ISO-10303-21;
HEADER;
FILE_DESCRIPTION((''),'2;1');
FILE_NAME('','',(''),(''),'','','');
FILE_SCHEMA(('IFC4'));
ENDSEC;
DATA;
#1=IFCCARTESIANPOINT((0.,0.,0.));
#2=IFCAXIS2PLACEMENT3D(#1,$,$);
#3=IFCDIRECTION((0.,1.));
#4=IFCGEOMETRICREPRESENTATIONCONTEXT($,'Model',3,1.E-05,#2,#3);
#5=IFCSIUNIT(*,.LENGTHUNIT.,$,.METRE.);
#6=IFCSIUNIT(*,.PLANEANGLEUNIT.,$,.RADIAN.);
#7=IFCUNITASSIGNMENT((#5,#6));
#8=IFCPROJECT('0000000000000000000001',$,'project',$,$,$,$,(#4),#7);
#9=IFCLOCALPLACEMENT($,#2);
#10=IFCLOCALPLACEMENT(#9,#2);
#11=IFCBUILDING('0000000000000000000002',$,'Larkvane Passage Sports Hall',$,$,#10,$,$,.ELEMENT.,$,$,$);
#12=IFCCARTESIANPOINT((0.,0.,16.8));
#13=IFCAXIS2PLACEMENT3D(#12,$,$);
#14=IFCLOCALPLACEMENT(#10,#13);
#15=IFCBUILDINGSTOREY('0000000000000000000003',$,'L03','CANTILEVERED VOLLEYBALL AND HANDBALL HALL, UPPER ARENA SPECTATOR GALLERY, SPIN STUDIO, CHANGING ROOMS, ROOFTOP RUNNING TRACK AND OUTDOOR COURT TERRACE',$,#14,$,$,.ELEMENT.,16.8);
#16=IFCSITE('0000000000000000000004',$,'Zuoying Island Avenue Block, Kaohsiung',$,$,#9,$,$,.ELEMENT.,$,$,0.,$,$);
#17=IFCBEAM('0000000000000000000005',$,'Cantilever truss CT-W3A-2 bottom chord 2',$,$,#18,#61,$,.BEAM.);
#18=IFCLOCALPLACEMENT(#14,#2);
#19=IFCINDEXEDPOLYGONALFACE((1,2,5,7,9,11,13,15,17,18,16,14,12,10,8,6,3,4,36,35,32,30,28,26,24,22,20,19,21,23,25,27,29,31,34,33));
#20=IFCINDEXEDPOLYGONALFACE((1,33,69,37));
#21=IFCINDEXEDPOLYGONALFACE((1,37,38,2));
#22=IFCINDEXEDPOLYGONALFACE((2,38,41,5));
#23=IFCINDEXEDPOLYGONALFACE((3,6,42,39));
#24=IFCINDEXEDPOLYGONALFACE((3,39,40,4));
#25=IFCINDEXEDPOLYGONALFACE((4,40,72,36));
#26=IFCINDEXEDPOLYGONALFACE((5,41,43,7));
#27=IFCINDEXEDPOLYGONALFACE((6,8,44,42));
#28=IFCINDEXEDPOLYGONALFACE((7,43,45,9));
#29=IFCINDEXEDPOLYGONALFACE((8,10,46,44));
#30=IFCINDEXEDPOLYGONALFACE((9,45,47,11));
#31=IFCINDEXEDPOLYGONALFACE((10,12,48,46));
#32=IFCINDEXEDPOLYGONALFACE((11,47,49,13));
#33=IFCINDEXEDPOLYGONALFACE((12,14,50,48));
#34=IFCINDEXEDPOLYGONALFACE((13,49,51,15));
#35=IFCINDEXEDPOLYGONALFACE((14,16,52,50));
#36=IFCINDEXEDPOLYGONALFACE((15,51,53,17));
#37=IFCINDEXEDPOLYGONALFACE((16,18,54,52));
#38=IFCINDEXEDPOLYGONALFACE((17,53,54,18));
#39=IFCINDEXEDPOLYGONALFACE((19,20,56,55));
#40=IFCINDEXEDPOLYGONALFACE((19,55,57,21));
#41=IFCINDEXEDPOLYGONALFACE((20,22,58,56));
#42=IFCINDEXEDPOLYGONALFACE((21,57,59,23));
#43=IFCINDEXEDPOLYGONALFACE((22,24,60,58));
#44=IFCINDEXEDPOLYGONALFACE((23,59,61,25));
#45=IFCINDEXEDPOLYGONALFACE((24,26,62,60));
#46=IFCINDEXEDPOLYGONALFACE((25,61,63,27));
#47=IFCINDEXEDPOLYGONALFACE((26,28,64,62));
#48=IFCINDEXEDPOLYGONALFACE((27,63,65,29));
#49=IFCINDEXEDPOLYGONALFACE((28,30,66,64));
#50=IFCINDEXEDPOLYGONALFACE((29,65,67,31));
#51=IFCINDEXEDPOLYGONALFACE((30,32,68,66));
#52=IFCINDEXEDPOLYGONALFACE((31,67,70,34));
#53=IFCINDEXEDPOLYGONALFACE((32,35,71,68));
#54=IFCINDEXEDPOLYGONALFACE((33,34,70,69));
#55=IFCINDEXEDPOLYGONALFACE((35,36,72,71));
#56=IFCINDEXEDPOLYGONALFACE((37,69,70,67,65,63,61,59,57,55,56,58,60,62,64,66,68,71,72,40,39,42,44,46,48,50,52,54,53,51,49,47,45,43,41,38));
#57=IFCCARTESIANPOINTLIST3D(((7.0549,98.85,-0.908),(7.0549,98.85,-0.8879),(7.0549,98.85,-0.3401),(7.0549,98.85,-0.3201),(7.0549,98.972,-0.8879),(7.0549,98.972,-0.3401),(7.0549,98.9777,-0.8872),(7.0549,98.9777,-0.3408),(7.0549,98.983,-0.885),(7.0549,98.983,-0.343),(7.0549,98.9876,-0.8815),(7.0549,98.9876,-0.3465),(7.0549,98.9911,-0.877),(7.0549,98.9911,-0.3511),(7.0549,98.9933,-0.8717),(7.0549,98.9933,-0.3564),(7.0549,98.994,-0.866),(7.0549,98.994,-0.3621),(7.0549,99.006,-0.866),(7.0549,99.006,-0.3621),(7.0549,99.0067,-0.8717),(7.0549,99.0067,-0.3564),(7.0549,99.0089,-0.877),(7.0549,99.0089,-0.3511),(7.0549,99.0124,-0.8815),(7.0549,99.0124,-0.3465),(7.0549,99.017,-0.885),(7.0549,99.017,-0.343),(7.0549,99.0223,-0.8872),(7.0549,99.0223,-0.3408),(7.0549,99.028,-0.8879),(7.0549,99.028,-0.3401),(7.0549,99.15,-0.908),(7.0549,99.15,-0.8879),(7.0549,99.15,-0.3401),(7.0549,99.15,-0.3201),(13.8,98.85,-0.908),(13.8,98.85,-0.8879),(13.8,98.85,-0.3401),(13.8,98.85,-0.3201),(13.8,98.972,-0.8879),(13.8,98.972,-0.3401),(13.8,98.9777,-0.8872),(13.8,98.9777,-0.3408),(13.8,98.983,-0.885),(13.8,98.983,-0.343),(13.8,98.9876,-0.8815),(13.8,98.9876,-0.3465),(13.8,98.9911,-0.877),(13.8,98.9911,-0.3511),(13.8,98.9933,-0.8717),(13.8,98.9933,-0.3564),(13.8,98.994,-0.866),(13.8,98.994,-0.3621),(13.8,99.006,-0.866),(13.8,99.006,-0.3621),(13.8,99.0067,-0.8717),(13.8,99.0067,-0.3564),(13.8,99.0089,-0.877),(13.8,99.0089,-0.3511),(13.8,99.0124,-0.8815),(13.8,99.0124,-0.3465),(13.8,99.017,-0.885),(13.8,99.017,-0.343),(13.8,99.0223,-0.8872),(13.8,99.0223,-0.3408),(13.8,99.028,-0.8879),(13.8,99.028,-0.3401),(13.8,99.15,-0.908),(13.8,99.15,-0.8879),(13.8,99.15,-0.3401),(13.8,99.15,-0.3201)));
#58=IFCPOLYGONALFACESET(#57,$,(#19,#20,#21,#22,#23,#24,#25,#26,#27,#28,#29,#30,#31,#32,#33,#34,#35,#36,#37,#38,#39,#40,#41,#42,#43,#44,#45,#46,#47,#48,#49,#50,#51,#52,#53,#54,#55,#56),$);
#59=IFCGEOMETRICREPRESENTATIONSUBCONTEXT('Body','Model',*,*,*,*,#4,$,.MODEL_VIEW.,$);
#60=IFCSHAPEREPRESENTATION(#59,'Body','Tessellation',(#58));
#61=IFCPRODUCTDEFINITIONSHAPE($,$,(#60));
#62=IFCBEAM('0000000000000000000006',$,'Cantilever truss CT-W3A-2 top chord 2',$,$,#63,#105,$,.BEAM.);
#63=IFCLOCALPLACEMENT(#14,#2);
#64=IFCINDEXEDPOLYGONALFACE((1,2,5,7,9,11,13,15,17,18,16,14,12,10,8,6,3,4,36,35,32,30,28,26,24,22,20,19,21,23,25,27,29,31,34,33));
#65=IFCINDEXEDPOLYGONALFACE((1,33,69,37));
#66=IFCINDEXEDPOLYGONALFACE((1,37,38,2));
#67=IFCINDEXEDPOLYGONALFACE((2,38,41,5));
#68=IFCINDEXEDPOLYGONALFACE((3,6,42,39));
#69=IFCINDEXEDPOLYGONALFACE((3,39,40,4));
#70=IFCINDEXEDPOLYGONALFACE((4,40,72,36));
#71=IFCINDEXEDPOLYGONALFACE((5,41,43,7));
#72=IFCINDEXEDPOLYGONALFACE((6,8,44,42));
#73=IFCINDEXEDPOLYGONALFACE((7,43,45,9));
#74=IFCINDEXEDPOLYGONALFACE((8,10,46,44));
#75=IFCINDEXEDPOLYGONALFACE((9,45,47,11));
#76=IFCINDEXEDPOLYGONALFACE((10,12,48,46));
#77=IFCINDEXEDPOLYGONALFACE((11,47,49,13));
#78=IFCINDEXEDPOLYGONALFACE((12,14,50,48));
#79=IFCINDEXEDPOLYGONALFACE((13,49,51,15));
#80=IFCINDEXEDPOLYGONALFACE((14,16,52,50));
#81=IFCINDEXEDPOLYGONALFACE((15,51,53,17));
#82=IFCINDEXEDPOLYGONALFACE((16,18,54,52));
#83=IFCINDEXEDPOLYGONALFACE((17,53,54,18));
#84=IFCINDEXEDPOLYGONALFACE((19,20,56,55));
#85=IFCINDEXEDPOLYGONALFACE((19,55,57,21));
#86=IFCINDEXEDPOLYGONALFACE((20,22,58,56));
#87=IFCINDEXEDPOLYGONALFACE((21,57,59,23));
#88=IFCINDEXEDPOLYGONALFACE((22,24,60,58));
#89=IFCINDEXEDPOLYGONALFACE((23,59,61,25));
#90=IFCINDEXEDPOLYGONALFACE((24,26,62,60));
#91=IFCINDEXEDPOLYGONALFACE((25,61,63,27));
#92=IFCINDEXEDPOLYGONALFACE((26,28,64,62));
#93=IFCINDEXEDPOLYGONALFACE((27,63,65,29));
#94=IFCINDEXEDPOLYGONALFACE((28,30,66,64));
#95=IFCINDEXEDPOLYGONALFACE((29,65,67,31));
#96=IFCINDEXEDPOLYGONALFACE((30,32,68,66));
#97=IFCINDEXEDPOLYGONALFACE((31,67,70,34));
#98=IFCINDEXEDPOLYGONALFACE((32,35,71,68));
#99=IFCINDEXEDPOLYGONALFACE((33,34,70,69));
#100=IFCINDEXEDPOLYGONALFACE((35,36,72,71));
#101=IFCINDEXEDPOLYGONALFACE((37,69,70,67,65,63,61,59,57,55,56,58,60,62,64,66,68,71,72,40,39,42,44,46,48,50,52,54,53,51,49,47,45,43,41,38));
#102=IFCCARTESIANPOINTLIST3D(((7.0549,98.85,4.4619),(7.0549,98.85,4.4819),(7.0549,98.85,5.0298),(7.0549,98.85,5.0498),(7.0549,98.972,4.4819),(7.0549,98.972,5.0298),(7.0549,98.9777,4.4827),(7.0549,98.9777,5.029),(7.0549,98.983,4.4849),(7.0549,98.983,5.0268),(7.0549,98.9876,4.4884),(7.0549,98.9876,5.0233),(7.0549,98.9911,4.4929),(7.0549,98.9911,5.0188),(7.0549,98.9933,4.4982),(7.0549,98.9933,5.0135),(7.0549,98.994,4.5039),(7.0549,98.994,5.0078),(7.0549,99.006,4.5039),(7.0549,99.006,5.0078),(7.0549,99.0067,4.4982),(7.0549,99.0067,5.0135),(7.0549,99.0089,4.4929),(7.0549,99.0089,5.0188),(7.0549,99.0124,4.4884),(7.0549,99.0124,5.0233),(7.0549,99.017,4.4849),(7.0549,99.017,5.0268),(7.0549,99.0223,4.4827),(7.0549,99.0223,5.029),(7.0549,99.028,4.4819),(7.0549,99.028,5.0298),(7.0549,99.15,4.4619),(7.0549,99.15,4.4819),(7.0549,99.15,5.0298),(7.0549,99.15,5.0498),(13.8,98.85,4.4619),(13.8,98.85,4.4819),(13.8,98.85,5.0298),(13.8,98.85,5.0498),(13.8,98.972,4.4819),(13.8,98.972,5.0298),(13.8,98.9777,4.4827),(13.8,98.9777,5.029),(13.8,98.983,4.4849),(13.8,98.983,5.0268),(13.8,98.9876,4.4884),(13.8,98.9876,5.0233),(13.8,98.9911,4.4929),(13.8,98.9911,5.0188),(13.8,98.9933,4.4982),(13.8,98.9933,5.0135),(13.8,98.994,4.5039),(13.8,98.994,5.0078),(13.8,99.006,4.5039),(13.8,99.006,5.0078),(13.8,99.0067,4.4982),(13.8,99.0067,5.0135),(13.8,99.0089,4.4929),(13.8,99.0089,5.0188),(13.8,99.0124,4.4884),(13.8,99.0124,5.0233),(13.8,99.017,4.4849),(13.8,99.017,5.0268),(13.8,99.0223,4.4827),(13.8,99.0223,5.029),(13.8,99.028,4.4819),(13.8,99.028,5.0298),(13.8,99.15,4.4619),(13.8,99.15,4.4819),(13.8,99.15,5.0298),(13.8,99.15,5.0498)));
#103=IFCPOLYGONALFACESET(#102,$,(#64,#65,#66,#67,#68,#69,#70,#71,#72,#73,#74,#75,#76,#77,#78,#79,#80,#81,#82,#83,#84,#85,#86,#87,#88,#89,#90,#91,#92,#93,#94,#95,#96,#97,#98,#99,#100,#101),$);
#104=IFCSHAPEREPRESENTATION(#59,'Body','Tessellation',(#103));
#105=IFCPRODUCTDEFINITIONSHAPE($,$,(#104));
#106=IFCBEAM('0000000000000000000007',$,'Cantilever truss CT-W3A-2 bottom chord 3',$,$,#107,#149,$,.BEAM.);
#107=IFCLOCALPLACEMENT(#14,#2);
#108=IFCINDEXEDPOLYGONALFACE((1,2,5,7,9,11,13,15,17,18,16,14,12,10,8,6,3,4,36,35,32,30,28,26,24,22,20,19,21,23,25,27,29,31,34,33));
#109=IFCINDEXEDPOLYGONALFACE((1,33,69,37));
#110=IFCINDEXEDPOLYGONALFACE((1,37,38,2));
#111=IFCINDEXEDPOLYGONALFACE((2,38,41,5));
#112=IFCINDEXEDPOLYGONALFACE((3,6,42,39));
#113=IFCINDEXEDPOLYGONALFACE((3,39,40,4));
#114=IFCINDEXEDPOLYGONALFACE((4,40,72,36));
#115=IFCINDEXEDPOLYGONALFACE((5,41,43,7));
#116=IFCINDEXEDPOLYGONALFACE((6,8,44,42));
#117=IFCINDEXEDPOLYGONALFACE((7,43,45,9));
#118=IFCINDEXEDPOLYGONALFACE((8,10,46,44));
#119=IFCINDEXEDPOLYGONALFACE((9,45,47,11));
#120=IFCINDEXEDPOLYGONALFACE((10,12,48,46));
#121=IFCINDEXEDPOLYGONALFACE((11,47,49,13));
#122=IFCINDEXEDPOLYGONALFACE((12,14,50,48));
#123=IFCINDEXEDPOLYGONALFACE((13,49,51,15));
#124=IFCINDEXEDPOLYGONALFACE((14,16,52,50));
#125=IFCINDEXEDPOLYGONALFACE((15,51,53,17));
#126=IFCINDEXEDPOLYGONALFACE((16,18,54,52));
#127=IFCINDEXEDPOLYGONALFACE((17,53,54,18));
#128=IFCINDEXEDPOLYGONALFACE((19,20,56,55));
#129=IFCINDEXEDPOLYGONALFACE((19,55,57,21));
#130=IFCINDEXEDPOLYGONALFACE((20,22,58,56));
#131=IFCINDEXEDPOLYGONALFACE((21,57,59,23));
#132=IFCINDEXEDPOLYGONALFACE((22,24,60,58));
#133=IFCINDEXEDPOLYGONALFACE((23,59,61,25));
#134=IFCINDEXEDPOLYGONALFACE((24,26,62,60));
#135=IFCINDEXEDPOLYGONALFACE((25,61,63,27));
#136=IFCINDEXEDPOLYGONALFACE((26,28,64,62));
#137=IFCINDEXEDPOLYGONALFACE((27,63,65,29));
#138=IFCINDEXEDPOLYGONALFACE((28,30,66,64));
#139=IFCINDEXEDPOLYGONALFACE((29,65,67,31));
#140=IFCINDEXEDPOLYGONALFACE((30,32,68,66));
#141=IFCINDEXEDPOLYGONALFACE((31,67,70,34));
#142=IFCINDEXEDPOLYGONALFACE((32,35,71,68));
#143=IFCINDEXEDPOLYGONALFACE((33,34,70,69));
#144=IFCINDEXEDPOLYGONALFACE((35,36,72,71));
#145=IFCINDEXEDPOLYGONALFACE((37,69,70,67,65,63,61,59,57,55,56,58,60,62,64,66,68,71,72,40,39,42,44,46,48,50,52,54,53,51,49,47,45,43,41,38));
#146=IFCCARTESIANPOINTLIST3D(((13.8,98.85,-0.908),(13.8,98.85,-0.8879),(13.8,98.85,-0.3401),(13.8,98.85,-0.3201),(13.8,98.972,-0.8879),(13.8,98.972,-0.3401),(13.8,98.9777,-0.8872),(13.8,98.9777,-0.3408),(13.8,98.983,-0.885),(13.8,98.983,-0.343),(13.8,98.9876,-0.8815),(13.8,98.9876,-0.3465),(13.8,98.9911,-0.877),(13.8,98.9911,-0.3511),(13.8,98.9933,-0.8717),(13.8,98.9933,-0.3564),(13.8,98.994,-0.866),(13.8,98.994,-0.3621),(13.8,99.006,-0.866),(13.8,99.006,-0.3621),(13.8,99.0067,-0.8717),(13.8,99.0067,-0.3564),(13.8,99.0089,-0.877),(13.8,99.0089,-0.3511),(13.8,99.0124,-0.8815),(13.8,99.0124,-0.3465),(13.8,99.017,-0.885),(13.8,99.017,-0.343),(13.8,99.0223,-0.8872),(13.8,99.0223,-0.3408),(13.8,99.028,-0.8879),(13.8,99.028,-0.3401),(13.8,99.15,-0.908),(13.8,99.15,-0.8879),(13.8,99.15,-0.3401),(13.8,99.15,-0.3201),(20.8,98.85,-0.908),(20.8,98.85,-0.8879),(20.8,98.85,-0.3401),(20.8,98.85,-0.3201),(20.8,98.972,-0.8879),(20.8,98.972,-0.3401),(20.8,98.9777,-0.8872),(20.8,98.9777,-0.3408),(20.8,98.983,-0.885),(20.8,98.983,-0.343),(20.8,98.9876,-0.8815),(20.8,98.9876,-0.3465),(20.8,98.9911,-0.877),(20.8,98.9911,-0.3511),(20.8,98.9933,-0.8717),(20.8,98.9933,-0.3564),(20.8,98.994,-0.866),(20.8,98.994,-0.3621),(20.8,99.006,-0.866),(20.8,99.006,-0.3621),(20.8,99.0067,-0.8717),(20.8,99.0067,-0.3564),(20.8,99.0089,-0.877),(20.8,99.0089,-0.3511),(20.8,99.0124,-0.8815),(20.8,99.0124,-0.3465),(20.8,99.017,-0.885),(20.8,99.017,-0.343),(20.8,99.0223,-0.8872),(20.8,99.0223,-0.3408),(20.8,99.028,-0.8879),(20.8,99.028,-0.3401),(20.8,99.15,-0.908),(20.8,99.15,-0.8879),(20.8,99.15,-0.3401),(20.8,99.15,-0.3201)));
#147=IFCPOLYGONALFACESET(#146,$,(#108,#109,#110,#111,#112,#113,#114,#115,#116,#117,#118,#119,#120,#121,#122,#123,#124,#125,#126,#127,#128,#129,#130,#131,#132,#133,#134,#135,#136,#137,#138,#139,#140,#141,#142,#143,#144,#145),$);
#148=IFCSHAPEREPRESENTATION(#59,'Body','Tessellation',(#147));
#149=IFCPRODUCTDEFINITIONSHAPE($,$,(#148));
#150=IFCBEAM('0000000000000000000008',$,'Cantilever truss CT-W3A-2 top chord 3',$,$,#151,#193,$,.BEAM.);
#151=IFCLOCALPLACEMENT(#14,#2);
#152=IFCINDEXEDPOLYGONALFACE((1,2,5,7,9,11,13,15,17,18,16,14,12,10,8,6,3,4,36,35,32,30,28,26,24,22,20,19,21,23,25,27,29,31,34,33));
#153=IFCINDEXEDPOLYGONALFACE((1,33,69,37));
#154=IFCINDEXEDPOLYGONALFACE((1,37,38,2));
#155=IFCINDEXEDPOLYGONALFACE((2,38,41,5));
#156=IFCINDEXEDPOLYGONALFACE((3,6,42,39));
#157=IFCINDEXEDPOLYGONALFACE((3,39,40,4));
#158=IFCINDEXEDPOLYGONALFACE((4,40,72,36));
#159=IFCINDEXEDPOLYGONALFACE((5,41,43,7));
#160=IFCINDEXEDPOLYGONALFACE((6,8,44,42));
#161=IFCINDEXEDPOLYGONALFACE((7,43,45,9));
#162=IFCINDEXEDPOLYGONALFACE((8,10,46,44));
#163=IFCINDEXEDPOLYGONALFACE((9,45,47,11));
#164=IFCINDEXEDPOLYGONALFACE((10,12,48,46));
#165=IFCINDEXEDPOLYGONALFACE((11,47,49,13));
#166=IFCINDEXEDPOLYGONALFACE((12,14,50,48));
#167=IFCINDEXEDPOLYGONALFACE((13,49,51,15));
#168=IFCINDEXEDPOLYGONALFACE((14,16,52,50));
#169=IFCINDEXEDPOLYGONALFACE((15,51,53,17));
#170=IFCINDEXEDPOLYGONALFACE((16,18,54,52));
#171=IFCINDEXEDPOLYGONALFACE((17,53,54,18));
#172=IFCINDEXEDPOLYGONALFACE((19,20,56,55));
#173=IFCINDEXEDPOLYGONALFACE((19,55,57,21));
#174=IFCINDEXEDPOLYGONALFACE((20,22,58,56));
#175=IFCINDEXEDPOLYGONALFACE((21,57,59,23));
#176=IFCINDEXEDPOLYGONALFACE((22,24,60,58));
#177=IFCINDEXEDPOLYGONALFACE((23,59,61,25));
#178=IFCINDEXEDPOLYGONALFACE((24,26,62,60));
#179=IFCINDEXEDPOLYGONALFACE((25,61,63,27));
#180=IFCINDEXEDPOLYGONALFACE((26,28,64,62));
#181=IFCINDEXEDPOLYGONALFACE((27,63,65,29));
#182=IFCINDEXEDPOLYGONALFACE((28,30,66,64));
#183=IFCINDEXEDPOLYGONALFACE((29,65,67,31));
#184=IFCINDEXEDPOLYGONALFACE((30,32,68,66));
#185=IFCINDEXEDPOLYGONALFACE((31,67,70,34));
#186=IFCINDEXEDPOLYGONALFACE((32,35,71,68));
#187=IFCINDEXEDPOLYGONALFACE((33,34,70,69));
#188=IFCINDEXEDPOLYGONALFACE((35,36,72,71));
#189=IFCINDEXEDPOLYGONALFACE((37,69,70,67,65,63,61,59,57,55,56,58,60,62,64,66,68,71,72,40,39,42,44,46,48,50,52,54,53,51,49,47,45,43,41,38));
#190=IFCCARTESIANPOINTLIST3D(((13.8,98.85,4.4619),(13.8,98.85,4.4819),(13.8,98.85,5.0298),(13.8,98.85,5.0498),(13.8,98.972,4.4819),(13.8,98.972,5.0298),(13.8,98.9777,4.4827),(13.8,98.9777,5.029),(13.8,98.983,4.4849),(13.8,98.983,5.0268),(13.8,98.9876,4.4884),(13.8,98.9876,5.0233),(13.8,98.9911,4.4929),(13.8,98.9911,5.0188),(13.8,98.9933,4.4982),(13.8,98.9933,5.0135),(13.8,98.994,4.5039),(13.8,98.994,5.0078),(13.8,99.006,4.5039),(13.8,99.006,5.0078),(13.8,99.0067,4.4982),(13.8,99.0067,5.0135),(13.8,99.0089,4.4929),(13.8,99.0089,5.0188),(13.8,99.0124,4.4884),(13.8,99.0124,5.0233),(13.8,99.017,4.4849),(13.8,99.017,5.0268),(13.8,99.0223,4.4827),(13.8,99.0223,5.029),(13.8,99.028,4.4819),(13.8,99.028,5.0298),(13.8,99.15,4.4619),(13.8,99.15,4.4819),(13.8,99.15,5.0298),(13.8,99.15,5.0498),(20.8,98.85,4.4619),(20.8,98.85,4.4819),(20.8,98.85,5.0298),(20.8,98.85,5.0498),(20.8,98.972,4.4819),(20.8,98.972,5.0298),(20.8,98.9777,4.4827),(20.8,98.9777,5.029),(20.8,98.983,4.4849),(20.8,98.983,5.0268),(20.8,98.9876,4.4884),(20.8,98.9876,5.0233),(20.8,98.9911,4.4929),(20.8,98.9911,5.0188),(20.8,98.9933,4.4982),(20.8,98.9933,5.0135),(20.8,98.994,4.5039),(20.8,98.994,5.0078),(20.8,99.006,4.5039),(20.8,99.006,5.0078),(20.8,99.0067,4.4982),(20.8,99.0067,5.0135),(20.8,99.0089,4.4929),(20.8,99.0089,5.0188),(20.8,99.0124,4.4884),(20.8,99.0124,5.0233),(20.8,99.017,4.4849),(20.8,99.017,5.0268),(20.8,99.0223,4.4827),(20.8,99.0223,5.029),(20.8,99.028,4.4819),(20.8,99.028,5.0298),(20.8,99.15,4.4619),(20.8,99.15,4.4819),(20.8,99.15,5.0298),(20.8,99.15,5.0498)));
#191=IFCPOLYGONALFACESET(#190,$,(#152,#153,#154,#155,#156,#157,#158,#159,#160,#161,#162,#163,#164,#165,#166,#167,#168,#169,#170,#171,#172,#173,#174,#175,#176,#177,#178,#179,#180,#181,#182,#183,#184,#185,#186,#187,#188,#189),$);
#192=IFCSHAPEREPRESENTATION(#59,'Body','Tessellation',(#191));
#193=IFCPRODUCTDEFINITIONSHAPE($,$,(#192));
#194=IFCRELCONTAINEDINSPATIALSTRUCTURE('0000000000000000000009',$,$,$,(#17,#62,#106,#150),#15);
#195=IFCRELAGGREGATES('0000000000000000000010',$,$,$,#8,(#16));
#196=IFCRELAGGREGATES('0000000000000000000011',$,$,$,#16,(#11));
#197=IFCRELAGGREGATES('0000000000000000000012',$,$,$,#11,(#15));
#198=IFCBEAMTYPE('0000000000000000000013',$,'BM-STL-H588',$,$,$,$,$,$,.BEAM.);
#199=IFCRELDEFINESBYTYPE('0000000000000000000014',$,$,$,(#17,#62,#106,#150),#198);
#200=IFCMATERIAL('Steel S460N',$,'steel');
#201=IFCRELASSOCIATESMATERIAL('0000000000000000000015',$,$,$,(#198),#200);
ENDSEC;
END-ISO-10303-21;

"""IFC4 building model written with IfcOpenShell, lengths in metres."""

from ifc_helpers import new_model, si_unit, direction, frame, origin, origin_2d, place, context, subcontext, project, spatial, i_section, extrude, material, material_profile, profile_set, type_object, element, save


model = new_model("IFC4")

# Units and contexts
model_context = context("Model", 3, precision=1e-05, world=origin(), true_north=direction((0.0, 1.0)))
body_context = subcontext(model_context, "Body", "Model", "MODEL_VIEW")
ifc_project = project(units=[si_unit("LENGTHUNIT", "METRE"), si_unit("PLANEANGLEUNIT", "RADIAN")], contexts=[model_context])

# Site, building, storey
site_placement = place(None, origin())
site = spatial("IfcSite", under=ifc_project, at=site_placement, Name="Zuoying Island Avenue Block, Kaohsiung", CompositionType="ELEMENT", RefElevation=0.0)
building_placement = place(site_placement, origin())
building = spatial("IfcBuilding", under=site, at=building_placement, Name="Larkvane Passage Sports Hall", CompositionType="ELEMENT")
storey_placement = place(building_placement, frame((0.0, 0.0, 16.8)))
storey = spatial("IfcBuildingStorey", under=building, at=storey_placement, Name="L03", Description="CANTILEVERED VOLLEYBALL AND HANDBALL HALL, UPPER ARENA SPECTATOR GALLERY, SPIN STUDIO, CHANGING ROOMS, ROOFTOP RUNNING TRACK AND OUTDOOR COURT TERRACE", CompositionType="ELEMENT", Elevation=16.8)

# Beams
ifc_material_1 = material(Name="Steel S460N", Category="steel")
ifc_material_profile_1 = material_profile(ifc_material_1, i_section(OverallWidth=0.3, OverallDepth=0.5879, WebThickness=0.012, FlangeThickness=0.02, FilletRadius=0.022, at=origin_2d()), Name="H-588x300x12x20")
ifc_profile_set_1 = profile_set([ifc_material_profile_1], Name="Steel S460N")
beam_type_1 = type_object("IfcBeamType", Name="BM-STL-H588", PredefinedType="BEAM", material=ifc_profile_set_1)
for number, where, z_axis, x_axis, name in (
    (1, (7.0549, 99.0, -0.614), (1.0, 0.0, 0.0), (0.0, 1.0, 0.0), "Cantilever truss CT-W3A-2 bottom chord 2"),
    (2, (7.0549, 99.0, 4.7559), (1.0, 0.0, 0.0), (0.0, 1.0, 0.0), "Cantilever truss CT-W3A-2 top chord 2"),
):
    element("IfcBeam", number, at=place(storey_placement, frame(where, z_axis=z_axis, x_axis=x_axis)), inside=storey, type_object=beam_type_1, Name=name, PredefinedType="BEAM", context=body_context, shape_type="SweptSolid", body=[
        extrude(i_section(OverallWidth=0.3, OverallDepth=0.5879, WebThickness=0.012, FlangeThickness=0.02, FilletRadius=0.022, at=origin_2d()), origin(), (0.0, 0.0, 1.0), 6.7451),
    ])
for number, where, z_axis, x_axis, name in (
    (3, (13.8, 99.0, -0.614), (1.0, 0.0, 0.0), (0.0, 1.0, 0.0), "Cantilever truss CT-W3A-2 bottom chord 3"),
    (4, (13.8, 99.0, 4.7559), (1.0, 0.0, 0.0), (0.0, 1.0, 0.0), "Cantilever truss CT-W3A-2 top chord 3"),
):
    element("IfcBeam", number, at=place(storey_placement, frame(where, z_axis=z_axis, x_axis=x_axis)), inside=storey, type_object=beam_type_1, Name=name, PredefinedType="BEAM", context=body_context, shape_type="SweptSolid", body=[
        extrude(i_section(OverallWidth=0.3, OverallDepth=0.5879, WebThickness=0.012, FlangeThickness=0.02, FilletRadius=0.022, at=origin_2d()), origin(), (0.0, 0.0, 1.0), 7.0),
    ])

save(model, "model.ifc")
